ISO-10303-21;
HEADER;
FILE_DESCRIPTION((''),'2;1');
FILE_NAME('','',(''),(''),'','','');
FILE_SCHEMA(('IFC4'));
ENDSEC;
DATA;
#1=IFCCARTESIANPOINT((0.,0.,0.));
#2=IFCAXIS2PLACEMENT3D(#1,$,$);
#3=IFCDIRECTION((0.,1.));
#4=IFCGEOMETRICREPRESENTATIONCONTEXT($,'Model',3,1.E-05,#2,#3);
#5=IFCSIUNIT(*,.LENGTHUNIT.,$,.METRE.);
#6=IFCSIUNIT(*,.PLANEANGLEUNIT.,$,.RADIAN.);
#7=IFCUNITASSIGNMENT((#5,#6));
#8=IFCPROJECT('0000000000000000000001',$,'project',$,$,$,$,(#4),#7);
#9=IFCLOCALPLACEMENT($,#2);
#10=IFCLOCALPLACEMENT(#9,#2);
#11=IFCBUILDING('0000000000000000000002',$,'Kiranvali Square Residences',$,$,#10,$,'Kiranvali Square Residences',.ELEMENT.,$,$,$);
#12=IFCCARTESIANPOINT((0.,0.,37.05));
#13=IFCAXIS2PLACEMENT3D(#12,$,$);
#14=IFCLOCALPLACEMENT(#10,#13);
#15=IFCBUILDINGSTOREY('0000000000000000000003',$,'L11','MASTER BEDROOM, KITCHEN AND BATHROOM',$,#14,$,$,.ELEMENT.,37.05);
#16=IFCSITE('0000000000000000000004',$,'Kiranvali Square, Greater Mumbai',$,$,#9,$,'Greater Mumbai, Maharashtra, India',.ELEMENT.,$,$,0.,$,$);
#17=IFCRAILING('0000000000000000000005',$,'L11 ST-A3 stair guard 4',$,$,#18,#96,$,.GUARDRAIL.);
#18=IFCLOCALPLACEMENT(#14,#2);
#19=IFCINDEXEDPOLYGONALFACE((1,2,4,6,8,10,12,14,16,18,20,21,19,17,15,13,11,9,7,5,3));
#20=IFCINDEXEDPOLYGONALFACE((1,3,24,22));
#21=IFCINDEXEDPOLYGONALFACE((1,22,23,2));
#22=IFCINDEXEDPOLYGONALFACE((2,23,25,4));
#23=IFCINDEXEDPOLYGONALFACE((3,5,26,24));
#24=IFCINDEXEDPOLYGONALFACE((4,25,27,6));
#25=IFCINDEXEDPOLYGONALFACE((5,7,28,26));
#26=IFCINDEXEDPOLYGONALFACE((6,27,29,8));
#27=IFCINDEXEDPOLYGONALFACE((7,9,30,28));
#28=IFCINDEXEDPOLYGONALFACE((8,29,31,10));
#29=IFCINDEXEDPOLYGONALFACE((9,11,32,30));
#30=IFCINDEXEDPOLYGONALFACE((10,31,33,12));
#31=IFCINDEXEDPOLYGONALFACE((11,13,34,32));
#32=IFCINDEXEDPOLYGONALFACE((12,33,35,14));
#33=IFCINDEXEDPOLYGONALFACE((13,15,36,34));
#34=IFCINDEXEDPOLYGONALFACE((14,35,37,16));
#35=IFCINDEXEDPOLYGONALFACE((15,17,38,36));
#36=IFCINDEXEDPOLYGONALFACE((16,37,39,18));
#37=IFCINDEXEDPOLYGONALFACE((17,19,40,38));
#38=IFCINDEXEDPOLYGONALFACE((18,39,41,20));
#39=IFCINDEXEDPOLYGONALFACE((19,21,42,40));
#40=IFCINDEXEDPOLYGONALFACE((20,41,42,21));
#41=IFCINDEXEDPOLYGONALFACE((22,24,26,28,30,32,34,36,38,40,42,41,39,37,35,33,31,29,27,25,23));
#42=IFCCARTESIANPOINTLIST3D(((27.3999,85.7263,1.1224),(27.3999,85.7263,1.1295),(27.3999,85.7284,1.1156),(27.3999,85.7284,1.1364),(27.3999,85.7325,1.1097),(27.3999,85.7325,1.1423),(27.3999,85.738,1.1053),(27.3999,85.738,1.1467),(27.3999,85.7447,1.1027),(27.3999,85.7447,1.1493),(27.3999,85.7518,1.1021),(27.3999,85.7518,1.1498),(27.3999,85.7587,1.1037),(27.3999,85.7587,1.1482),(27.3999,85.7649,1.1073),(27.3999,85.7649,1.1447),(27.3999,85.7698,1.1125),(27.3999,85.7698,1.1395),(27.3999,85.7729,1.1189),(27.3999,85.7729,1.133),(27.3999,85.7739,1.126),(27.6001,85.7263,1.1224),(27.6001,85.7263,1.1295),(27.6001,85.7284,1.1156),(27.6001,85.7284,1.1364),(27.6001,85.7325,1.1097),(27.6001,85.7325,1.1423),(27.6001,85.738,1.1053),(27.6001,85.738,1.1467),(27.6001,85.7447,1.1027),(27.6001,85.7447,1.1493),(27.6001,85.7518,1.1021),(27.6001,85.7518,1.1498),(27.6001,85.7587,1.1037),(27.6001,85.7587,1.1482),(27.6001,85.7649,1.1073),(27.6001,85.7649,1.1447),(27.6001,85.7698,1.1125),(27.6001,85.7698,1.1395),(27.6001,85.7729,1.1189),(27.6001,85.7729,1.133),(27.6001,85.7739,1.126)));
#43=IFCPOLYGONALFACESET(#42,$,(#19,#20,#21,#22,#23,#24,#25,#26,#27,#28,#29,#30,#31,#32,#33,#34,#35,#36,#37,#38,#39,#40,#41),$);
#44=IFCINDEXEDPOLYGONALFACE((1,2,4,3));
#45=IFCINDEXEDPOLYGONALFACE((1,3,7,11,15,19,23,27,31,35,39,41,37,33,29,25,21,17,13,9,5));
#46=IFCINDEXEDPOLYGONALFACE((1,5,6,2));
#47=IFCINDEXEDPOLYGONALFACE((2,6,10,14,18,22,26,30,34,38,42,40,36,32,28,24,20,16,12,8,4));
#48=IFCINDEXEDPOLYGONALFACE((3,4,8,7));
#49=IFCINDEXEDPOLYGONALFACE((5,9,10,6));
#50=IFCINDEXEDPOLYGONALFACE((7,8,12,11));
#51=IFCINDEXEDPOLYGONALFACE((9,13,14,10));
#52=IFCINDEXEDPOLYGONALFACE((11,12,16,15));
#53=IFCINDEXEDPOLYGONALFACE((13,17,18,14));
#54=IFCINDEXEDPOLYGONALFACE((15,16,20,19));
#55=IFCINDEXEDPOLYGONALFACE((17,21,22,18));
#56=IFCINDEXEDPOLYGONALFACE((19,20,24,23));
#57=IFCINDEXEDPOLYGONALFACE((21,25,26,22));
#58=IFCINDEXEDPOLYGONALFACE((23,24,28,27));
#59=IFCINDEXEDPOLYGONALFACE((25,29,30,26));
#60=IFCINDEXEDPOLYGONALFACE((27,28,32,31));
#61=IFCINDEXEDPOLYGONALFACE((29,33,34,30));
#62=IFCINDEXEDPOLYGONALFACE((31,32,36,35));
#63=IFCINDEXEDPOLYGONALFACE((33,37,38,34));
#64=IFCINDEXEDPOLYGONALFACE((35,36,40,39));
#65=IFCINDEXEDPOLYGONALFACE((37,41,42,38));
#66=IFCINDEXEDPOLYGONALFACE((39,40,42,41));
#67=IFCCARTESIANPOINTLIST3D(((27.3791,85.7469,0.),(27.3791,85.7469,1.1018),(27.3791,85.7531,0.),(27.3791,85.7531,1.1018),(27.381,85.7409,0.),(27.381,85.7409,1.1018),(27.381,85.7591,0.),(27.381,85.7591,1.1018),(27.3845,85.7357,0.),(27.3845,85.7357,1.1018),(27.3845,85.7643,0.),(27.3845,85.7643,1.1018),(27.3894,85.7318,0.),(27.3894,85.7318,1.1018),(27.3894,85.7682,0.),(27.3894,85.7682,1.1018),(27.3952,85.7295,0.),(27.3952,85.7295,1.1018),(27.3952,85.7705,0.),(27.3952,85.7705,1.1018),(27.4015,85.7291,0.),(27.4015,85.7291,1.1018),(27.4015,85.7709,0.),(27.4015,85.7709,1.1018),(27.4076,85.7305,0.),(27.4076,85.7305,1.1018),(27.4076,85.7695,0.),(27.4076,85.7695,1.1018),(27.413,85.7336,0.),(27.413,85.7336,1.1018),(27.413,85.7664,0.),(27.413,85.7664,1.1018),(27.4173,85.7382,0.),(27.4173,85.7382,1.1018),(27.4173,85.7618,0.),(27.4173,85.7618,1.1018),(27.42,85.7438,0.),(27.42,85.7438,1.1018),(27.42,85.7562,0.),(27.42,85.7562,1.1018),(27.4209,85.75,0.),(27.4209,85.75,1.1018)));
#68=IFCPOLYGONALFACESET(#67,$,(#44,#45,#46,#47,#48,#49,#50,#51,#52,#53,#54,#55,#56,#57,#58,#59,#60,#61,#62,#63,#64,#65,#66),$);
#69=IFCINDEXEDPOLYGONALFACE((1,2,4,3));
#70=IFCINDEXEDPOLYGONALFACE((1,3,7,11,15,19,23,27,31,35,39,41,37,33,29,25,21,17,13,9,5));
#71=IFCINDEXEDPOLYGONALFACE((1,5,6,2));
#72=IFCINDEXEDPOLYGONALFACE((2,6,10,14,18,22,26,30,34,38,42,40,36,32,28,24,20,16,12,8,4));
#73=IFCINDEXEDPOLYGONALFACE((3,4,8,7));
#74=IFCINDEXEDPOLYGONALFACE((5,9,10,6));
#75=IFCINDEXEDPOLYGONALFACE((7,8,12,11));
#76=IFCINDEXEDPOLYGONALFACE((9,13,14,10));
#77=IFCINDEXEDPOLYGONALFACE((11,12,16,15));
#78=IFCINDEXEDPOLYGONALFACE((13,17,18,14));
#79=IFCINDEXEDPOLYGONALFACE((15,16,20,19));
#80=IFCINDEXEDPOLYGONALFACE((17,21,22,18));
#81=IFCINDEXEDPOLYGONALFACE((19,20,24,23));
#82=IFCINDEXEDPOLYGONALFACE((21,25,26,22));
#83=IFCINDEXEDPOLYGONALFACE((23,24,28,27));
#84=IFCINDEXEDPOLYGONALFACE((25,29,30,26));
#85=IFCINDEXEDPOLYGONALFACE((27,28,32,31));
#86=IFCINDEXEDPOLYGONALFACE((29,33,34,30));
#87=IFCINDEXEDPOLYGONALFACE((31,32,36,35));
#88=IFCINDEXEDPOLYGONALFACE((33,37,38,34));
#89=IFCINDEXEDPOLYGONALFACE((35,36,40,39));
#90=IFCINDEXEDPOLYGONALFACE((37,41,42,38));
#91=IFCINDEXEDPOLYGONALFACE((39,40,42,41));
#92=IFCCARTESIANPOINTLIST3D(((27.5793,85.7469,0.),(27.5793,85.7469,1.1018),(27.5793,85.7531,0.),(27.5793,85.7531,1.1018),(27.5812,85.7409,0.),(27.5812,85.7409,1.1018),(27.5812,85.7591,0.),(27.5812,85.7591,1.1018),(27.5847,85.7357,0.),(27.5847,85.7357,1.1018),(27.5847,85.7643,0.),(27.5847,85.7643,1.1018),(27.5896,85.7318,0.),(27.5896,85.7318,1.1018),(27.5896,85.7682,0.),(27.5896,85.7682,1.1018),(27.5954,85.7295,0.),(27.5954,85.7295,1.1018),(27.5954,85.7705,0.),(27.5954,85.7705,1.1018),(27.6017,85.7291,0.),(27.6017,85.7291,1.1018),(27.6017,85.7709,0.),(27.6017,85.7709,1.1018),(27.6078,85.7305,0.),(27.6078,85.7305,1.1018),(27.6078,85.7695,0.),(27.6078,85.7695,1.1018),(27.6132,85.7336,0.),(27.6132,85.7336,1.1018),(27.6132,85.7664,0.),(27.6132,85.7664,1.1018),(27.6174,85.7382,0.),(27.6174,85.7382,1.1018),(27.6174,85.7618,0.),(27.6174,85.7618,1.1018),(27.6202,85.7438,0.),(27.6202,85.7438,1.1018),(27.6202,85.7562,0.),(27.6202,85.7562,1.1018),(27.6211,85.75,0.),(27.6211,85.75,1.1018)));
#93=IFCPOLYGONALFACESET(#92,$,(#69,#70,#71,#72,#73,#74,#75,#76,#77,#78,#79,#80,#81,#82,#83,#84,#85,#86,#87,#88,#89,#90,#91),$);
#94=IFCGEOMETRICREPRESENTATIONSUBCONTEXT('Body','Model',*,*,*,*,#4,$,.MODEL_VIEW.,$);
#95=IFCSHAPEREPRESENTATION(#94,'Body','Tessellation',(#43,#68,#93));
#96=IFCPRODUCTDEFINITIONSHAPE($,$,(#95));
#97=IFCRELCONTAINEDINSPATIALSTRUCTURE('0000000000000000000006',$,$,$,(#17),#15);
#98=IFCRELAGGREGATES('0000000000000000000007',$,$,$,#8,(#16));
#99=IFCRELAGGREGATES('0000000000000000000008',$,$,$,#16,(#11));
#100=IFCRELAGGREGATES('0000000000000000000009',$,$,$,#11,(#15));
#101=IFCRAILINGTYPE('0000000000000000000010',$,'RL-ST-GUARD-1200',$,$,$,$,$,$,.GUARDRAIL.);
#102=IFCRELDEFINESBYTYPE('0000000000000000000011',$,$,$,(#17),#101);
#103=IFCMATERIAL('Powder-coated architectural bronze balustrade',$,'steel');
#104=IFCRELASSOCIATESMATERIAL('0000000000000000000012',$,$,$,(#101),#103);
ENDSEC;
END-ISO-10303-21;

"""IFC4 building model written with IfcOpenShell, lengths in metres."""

from ifc_helpers import new_model, si_unit, direction, frame, origin, origin_2d, place, context, subcontext, project, spatial, circle, extrude, material, type_object, element, save


model = new_model("IFC4")

# Units and contexts
model_context = context("Model", 3, precision=1e-05, world=origin(), true_north=direction((0.0, 1.0)))
body_context = subcontext(model_context, "Body", "Model", "MODEL_VIEW")
ifc_project = project(units=[si_unit("LENGTHUNIT", "METRE"), si_unit("PLANEANGLEUNIT", "RADIAN")], contexts=[model_context])

# Site, building, storey
site_placement = place(None, origin())
site = spatial("IfcSite", under=ifc_project, at=site_placement, Name="Kiranvali Square, Greater Mumbai", LongName="Greater Mumbai, Maharashtra, India", CompositionType="ELEMENT", RefElevation=0.0)
building_placement = place(site_placement, origin())
building = spatial("IfcBuilding", under=site, at=building_placement, Name="Kiranvali Square Residences", LongName="Kiranvali Square Residences", CompositionType="ELEMENT")
storey_placement = place(building_placement, frame((0.0, 0.0, 37.05)))
storey = spatial("IfcBuildingStorey", under=building, at=storey_placement, Name="L11", Description="MASTER BEDROOM, KITCHEN AND BATHROOM", CompositionType="ELEMENT", Elevation=37.05)

# Railing
ifc_material_1 = material(Name="Powder-coated architectural bronze balustrade", Category="steel")
railing_type_1 = type_object("IfcRailingType", Name="RL-ST-GUARD-1200", PredefinedType="GUARDRAIL", material=ifc_material_1)
railing_1_placement = place(storey_placement, frame((27.3999, 85.75, 0.0)))
element("IfcRailing", 1, at=railing_1_placement, inside=storey, type_object=railing_type_1, Name="L11 ST-A3 stair guard 4", PredefinedType="GUARDRAIL", context=body_context, shape_type="SweptSolid", body=[
    extrude(circle(Radius=0.0239, at=origin_2d()), frame((0.0, 0.0, 1.126), z_axis=(1.0, 0.0, 0.0), x_axis=(0.0, 1.0, 0.0)), (0.0, 0.0, 1.0), 0.2002),
    extrude(circle(Radius=0.021, at=origin_2d()), origin(), (0.0, 0.0, 1.0), 1.1018),
    extrude(circle(Radius=0.021, at=origin_2d()), frame((0.2002, 0.0, 0.0)), (0.0, 0.0, 1.0), 1.1018),
])

save(model, "model.ifc")
